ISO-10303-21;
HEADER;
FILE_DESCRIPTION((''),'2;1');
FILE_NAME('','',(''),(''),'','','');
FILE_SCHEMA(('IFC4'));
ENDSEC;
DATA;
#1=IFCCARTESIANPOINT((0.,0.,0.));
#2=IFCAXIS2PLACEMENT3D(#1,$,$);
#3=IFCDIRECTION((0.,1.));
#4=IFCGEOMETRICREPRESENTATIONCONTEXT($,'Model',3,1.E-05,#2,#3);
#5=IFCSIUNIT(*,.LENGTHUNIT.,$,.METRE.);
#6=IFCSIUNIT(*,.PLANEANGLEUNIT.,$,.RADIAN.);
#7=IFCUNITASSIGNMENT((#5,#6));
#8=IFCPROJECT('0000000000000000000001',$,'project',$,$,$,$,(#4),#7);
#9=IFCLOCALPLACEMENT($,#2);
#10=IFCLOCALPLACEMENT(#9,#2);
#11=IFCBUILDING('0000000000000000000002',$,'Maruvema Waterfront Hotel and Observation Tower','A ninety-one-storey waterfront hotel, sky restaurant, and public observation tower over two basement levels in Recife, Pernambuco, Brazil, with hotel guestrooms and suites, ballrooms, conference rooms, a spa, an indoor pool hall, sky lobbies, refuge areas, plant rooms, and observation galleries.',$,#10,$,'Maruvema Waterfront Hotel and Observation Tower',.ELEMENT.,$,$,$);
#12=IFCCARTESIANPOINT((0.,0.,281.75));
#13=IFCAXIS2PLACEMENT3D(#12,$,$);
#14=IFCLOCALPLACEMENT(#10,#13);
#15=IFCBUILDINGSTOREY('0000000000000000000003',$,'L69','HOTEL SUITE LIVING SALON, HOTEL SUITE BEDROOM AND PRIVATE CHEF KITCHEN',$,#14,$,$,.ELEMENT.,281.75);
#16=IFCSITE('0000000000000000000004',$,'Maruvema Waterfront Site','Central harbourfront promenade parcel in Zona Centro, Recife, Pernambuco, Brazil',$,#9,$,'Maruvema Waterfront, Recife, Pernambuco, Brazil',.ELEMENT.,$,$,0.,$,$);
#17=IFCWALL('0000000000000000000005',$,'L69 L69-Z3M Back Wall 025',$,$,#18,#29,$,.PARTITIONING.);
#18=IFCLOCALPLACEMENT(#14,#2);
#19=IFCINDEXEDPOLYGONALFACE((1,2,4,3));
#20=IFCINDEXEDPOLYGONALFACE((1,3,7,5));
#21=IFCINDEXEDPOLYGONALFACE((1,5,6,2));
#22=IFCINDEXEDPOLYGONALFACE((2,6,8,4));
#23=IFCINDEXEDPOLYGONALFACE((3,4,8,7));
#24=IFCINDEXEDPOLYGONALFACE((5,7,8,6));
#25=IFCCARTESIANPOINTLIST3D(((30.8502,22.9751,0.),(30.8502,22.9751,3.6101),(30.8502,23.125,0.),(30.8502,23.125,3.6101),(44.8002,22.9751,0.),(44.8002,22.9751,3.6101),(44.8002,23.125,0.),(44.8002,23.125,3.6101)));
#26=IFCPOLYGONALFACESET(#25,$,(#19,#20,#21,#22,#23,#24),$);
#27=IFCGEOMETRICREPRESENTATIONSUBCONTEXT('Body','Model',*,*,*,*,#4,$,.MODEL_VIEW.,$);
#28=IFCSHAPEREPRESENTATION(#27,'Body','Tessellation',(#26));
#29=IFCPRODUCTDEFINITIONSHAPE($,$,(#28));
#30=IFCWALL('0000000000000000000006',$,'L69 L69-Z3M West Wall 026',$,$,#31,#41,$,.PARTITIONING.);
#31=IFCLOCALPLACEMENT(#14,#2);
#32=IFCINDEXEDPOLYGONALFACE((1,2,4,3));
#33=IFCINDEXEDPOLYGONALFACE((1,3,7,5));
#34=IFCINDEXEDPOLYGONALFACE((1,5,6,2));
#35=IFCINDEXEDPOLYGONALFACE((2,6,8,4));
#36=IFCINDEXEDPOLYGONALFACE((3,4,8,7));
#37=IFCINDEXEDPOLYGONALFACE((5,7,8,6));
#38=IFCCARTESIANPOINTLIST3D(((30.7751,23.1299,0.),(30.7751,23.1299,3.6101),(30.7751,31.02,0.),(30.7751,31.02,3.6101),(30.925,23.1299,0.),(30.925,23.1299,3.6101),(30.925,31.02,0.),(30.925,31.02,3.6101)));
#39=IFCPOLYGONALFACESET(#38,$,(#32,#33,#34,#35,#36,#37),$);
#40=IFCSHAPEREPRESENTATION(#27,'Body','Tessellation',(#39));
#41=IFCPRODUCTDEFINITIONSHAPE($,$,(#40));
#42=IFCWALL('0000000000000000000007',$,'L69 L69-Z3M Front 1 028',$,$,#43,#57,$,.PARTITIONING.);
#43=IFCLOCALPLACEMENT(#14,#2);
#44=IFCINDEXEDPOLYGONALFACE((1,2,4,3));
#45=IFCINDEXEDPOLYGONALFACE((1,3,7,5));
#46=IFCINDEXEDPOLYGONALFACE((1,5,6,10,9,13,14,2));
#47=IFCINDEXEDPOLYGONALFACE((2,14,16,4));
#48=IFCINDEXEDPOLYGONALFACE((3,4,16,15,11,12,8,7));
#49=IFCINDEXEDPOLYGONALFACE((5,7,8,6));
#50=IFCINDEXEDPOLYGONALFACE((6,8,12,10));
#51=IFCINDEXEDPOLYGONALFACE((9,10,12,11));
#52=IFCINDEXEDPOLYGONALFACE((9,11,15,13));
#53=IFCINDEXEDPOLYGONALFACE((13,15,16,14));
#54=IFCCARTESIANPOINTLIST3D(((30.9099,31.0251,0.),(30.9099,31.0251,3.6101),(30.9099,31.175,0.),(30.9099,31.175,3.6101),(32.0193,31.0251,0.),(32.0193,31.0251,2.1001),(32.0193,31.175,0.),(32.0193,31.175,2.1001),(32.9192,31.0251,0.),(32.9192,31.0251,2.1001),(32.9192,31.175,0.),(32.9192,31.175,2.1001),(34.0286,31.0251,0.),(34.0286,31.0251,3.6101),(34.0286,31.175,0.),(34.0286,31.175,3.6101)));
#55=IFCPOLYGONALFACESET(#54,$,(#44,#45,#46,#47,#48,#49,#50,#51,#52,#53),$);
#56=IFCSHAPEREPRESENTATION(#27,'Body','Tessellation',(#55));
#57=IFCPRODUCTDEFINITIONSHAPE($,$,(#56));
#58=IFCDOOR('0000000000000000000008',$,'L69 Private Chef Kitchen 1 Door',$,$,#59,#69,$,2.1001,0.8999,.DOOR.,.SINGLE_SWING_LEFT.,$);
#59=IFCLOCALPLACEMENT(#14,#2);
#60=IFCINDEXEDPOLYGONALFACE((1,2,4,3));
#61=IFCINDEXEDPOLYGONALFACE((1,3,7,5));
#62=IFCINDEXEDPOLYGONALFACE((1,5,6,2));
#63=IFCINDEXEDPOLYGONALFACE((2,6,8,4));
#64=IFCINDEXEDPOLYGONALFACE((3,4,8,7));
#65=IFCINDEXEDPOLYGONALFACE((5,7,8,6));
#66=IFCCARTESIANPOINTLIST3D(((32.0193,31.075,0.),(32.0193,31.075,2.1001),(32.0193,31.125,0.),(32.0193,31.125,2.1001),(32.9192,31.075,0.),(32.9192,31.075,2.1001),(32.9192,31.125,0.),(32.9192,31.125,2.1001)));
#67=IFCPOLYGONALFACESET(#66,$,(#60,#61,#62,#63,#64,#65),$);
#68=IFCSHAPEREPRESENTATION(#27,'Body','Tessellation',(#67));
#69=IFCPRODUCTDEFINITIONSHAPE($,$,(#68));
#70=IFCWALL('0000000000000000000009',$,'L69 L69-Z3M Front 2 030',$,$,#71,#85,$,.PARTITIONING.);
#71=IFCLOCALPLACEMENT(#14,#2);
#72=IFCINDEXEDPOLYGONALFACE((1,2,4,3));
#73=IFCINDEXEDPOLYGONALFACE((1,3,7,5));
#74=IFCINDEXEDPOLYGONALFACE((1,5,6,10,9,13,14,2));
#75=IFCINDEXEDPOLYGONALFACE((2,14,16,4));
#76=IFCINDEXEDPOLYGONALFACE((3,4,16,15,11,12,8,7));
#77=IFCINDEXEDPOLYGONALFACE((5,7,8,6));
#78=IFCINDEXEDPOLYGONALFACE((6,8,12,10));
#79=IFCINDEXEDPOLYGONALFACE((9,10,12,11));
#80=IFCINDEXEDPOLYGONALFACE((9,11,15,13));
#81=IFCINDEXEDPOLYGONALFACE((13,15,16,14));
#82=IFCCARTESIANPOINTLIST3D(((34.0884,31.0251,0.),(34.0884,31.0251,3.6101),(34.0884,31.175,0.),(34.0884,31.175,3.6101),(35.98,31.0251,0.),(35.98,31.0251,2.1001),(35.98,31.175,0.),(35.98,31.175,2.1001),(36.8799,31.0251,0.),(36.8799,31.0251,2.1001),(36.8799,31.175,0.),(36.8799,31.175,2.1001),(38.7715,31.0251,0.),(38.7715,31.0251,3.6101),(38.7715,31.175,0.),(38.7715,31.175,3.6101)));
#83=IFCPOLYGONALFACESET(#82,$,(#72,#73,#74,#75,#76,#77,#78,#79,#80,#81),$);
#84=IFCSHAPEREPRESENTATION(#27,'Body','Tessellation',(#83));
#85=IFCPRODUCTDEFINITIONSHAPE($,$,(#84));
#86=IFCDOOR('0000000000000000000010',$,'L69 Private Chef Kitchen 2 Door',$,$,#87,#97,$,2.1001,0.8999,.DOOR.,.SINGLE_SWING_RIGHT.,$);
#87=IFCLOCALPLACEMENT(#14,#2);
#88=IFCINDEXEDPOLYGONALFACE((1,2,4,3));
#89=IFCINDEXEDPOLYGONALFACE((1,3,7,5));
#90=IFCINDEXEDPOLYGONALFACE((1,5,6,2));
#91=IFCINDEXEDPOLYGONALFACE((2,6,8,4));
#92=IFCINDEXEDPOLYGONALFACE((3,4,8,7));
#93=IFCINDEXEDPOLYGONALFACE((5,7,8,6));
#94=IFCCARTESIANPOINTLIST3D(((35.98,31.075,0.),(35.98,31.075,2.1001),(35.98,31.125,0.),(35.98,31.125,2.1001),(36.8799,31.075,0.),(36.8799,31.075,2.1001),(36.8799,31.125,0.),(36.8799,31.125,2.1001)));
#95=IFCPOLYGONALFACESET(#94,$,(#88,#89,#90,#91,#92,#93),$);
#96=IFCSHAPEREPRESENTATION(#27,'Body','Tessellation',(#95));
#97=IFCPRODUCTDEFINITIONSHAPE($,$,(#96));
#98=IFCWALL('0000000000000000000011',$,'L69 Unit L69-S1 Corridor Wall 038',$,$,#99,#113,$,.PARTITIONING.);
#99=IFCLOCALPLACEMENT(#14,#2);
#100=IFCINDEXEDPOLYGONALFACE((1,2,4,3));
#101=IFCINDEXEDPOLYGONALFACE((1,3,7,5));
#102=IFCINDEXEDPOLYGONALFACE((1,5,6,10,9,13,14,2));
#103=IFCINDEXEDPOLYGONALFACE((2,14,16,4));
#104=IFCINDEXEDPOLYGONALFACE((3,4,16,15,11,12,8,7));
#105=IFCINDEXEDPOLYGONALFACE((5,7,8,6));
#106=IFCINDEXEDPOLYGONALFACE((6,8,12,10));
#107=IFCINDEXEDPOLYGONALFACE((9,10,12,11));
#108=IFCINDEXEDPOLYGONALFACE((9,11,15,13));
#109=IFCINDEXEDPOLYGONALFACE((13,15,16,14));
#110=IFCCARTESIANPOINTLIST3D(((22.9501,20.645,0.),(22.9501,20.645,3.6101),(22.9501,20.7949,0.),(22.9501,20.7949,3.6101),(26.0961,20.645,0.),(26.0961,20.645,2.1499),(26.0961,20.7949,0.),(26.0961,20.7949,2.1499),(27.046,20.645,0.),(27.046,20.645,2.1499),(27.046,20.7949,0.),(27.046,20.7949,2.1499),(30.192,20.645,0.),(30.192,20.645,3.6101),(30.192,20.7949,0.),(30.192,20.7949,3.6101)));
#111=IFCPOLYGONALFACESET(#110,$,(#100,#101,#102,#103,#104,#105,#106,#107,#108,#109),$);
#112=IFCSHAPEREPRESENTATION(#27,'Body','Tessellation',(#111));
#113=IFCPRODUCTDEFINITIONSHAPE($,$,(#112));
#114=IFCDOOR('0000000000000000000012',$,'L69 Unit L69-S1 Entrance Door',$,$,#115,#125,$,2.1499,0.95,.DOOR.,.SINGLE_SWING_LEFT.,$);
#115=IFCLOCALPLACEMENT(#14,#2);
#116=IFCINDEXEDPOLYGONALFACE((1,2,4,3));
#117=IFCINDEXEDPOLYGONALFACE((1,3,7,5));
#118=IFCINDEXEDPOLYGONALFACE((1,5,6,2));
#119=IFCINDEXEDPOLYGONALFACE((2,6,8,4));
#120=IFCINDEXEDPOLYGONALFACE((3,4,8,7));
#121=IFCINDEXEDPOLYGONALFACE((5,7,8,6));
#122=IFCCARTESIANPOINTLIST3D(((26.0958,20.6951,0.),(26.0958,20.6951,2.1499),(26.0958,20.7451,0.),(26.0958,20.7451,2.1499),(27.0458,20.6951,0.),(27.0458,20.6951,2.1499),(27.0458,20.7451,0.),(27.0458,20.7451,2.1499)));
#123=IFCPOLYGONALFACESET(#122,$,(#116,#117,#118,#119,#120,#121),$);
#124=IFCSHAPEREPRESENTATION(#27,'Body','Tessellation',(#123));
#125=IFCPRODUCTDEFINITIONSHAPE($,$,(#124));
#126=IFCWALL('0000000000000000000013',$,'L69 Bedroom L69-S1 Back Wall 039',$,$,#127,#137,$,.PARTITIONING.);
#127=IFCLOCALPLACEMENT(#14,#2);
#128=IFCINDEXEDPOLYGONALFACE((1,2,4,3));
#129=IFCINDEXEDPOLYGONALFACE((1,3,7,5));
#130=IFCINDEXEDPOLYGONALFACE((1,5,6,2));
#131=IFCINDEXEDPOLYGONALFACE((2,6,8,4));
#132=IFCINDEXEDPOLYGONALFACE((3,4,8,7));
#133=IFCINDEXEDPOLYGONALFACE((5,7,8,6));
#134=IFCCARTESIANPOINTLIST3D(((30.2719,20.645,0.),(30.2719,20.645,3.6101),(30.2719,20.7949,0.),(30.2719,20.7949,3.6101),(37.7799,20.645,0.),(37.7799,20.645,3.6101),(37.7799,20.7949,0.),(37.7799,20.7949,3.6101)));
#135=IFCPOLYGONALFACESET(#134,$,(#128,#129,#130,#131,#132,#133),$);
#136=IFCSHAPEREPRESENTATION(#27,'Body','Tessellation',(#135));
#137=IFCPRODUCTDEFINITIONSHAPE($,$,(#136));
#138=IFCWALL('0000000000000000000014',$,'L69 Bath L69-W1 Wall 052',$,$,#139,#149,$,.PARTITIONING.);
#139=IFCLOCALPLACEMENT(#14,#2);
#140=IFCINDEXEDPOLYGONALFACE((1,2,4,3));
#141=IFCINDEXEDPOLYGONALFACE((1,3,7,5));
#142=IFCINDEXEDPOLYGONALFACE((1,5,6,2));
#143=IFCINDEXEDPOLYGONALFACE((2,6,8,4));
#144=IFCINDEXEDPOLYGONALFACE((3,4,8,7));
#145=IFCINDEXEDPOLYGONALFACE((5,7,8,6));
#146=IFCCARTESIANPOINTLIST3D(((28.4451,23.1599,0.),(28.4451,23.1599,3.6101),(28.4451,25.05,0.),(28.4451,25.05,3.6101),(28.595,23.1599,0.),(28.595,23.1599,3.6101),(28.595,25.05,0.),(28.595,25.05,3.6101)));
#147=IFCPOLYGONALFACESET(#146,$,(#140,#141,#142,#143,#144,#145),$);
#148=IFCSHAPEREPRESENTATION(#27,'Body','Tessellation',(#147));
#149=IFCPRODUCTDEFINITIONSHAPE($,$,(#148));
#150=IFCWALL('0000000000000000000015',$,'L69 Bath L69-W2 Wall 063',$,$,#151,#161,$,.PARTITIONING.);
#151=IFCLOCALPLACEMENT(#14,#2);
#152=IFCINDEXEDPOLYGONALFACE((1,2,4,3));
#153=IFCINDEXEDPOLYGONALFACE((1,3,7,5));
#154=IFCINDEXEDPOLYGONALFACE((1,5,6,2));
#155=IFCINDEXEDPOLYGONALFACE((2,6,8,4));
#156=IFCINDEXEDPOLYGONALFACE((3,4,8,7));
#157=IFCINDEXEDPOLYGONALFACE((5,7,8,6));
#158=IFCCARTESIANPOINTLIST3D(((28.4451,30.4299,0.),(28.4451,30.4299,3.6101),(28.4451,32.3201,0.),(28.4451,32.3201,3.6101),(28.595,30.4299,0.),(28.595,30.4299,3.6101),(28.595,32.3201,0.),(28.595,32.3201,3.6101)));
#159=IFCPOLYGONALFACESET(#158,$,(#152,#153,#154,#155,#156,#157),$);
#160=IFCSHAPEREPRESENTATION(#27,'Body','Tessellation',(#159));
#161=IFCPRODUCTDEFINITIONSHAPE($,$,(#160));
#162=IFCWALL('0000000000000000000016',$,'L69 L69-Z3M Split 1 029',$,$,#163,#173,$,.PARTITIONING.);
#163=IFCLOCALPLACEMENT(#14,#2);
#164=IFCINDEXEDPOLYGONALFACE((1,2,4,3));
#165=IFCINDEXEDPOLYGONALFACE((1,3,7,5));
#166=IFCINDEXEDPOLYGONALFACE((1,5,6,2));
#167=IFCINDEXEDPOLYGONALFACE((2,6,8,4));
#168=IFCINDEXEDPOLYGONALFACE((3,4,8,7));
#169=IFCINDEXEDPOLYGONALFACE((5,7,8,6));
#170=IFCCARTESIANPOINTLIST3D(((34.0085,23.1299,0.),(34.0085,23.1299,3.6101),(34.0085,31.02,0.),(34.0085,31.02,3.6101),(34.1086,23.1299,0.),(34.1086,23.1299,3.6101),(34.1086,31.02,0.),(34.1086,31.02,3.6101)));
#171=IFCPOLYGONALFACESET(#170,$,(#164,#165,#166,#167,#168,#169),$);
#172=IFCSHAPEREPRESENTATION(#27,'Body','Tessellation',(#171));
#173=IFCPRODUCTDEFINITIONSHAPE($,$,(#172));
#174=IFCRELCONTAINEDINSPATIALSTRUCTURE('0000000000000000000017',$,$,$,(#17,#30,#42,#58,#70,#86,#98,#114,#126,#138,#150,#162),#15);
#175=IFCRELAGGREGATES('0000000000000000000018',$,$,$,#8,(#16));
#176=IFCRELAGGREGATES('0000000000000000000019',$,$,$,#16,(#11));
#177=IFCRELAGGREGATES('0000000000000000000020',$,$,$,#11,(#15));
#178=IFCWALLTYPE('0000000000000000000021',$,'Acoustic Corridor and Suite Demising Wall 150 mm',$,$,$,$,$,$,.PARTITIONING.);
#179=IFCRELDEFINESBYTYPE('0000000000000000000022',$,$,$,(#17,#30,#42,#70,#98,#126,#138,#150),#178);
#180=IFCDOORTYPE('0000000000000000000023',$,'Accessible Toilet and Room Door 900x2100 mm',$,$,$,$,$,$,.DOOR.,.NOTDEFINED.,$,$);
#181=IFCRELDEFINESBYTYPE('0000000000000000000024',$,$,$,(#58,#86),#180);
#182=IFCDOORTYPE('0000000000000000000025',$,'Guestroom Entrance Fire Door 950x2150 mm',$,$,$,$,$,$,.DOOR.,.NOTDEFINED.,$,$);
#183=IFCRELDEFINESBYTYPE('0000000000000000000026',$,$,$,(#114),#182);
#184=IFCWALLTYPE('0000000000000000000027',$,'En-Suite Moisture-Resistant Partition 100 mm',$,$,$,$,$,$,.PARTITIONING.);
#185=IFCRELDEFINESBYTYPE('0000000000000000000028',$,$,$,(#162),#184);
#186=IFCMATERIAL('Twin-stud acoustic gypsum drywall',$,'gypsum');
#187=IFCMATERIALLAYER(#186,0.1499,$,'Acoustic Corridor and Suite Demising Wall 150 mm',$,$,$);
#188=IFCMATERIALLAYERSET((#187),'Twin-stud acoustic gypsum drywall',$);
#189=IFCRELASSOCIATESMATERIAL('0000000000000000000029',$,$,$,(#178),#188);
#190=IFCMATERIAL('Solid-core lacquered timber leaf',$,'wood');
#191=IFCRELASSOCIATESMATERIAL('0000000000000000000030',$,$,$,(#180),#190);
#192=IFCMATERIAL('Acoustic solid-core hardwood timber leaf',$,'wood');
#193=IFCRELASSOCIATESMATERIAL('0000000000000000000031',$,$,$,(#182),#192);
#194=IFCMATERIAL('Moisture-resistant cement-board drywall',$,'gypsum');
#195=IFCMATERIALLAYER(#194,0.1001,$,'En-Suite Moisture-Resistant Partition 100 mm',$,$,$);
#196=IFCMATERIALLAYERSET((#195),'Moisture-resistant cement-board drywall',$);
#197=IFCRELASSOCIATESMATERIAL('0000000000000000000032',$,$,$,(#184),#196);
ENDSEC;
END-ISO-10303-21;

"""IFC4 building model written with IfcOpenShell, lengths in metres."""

from ifc_helpers import new_model, si_unit, direction, frame, frame_2d, origin, place, context, subcontext, project, spatial, rectangle, extrude, material, layer, layer_set, type_object, element, fill, save


model = new_model("IFC4")

# Units and contexts
model_context = context("Model", 3, precision=1e-05, world=origin(), true_north=direction((0.0, 1.0)))
body_context = subcontext(model_context, "Body", "Model", "MODEL_VIEW")
ifc_project = project(units=[si_unit("LENGTHUNIT", "METRE"), si_unit("PLANEANGLEUNIT", "RADIAN")], contexts=[model_context])

# Site, building, storey
site_placement = place(None, origin())
site = spatial("IfcSite", under=ifc_project, at=site_placement, Name="Maruvema Waterfront Site", Description="Central harbourfront promenade parcel in Zona Centro, Recife, Pernambuco, Brazil", LongName="Maruvema Waterfront, Recife, Pernambuco, Brazil", CompositionType="ELEMENT", RefElevation=0.0)
building_placement = place(site_placement, origin())
building = spatial("IfcBuilding", under=site, at=building_placement, Name="Maruvema Waterfront Hotel and Observation Tower", Description="A ninety-one-storey waterfront hotel, sky restaurant, and public observation tower over two basement levels in Recife, Pernambuco, Brazil, with hotel guestrooms and suites, ballrooms, conference rooms, a spa, an indoor pool hall, sky lobbies, refuge areas, plant rooms, and observation galleries.", LongName="Maruvema Waterfront Hotel and Observation Tower", CompositionType="ELEMENT")
storey_placement = place(building_placement, frame((0.0, 0.0, 281.75)))
storey = spatial("IfcBuildingStorey", under=building, at=storey_placement, Name="L69", Description="HOTEL SUITE LIVING SALON, HOTEL SUITE BEDROOM AND PRIVATE CHEF KITCHEN", CompositionType="ELEMENT", Elevation=281.75)

# Walls
ifc_material_1 = material(Name="Twin-stud acoustic gypsum drywall", Category="gypsum")
ifc_layer_1 = layer(ifc_material_1, 0.1499, Name="Acoustic Corridor and Suite Demising Wall 150 mm")
ifc_layer_set_1 = layer_set([ifc_layer_1], Name="Twin-stud acoustic gypsum drywall")
wall_type_1 = type_object("IfcWallType", Name="Acoustic Corridor and Suite Demising Wall 150 mm", PredefinedType="PARTITIONING", material=ifc_layer_set_1)
wall_1_placement = place(storey_placement, frame((30.8501, 23.05, 0.0), z_axis=(0.0, 0.0, 1.0), x_axis=(1.0, 0.0, 0.0)))
element("IfcWall", 1, at=wall_1_placement, inside=storey, type_object=wall_type_1, Name="L69 L69-Z3M Back Wall 025", PredefinedType="PARTITIONING", context=body_context, shape_type="SweptSolid", body=[
    extrude(rectangle(XDim=13.95, YDim=0.1499, at=frame_2d((6.9751, 0.0))), origin(), (0.0, 0.0, 1.0), 3.6101),
])
wall_2_placement = place(storey_placement, frame((30.8501, 23.1299, 0.0), z_axis=(0.0, 0.0, 1.0), x_axis=(0.0, 1.0, 0.0)))
element("IfcWall", 2, at=wall_2_placement, inside=storey, type_object=wall_type_1, Name="L69 L69-Z3M West Wall 026", PredefinedType="PARTITIONING", context=body_context, shape_type="SweptSolid", body=[
    extrude(rectangle(XDim=7.8901, YDim=0.1499, at=frame_2d((3.9451, 0.0))), origin(), (0.0, 0.0, 1.0), 3.6101),
])

# Walls, openings, doors
wall_3_placement = place(storey_placement, frame((30.9099, 31.1001, 0.0), z_axis=(0.0, 0.0, 1.0), x_axis=(1.0, 0.0, 0.0)))
wall_3 = element("IfcWall", 3, at=wall_3_placement, inside=storey, type_object=wall_type_1, Name="L69 L69-Z3M Front 1 028", PredefinedType="PARTITIONING", context=body_context, shape_type="SweptSolid", body=[
    extrude(rectangle(XDim=3.1187, YDim=0.1499, at=frame_2d((1.5593, 0.0))), origin(), (0.0, 0.0, 1.0), 3.6101),
])
opening_1_placement = place(wall_3_placement, frame((1.1094, 0.0, 0.0)))
opening_1 = element("IfcOpeningElement", 4, at=opening_1_placement, cuts=wall_3, PredefinedType="OPENING", context=body_context, shape_type="SweptSolid", body=[
    extrude(rectangle(XDim=0.8999, YDim=2.1001, at=frame_2d((0.45, 1.05))), frame((0.0, 0.085, 0.0), z_axis=(0.0, -1.0, 0.0), x_axis=(1.0, 0.0, 0.0)), (0.0, 0.0, 1.0), 0.1699),
])
ifc_material_2 = material(Name="Solid-core lacquered timber leaf", Category="wood")
door_type_1 = type_object("IfcDoorType", Name="Accessible Toilet and Room Door 900x2100 mm", OperationType="NOTDEFINED", PredefinedType="DOOR", material=ifc_material_2)
door_1_placement = place(opening_1_placement, origin())
door_1 = element("IfcDoor", 5, at=door_1_placement, inside=storey, type_object=door_type_1, Name="L69 Private Chef Kitchen 1 Door", OperationType="SINGLE_SWING_LEFT", OverallHeight=2.1001, OverallWidth=0.8999, PredefinedType="DOOR", context=body_context, shape_type="SweptSolid", body=[
    extrude(rectangle(XDim=0.8999, YDim=2.1001, at=frame_2d((0.45, 1.05))), frame((0.0, 0.0249, 0.0), z_axis=(0.0, -1.0, 0.0), x_axis=(1.0, 0.0, 0.0)), (0.0, 0.0, 1.0), 0.05),
])
fill(opening_1, door_1)
wall_4_placement = place(storey_placement, frame((34.0884, 31.1001, 0.0), z_axis=(0.0, 0.0, 1.0), x_axis=(1.0, 0.0, 0.0)))
wall_4 = element("IfcWall", 6, at=wall_4_placement, inside=storey, type_object=wall_type_1, Name="L69 L69-Z3M Front 2 030", PredefinedType="PARTITIONING", context=body_context, shape_type="SweptSolid", body=[
    extrude(rectangle(XDim=4.6831, YDim=0.1499, at=frame_2d((2.3416, 0.0))), origin(), (0.0, 0.0, 1.0), 3.6101),
])
opening_2_placement = place(wall_4_placement, frame((1.8916, 0.0, 0.0)))
opening_2 = element("IfcOpeningElement", 7, at=opening_2_placement, cuts=wall_4, PredefinedType="OPENING", context=body_context, shape_type="SweptSolid", body=[
    extrude(rectangle(XDim=0.8999, YDim=2.1001, at=frame_2d((0.45, 1.05))), frame((0.0, 0.085, 0.0), z_axis=(0.0, -1.0, 0.0), x_axis=(1.0, 0.0, 0.0)), (0.0, 0.0, 1.0), 0.1699),
])
door_2_placement = place(opening_2_placement, origin())
door_2 = element("IfcDoor", 8, at=door_2_placement, inside=storey, type_object=door_type_1, Name="L69 Private Chef Kitchen 2 Door", OperationType="SINGLE_SWING_RIGHT", OverallHeight=2.1001, OverallWidth=0.8999, PredefinedType="DOOR", context=body_context, shape_type="SweptSolid", body=[
    extrude(rectangle(XDim=0.8999, YDim=2.1001, at=frame_2d((0.45, 1.05))), frame((0.0, 0.0249, 0.0), z_axis=(0.0, -1.0, 0.0), x_axis=(1.0, 0.0, 0.0)), (0.0, 0.0, 1.0), 0.05),
])
fill(opening_2, door_2)
wall_5_placement = place(storey_placement, frame((22.95, 20.72, 0.0), z_axis=(0.0, 0.0, 1.0), x_axis=(1.0, 0.0, 0.0)))
wall_5 = element("IfcWall", 9, at=wall_5_placement, inside=storey, type_object=wall_type_1, Name="L69 Unit L69-S1 Corridor Wall 038", PredefinedType="PARTITIONING", context=body_context, shape_type="SweptSolid", body=[
    extrude(rectangle(XDim=7.2419, YDim=0.1499, at=frame_2d((3.6211, 0.0))), origin(), (0.0, 0.0, 1.0), 3.6101),
])
opening_3_placement = place(wall_5_placement, frame((3.146, 0.0, 0.0)))
opening_3 = element("IfcOpeningElement", 10, at=opening_3_placement, cuts=wall_5, PredefinedType="OPENING", context=body_context, shape_type="SweptSolid", body=[
    extrude(rectangle(XDim=0.95, YDim=2.1499, at=frame_2d((0.4751, 1.075))), frame((0.0, 0.085, 0.0), z_axis=(0.0, -1.0, 0.0), x_axis=(1.0, 0.0, 0.0)), (0.0, 0.0, 1.0), 0.1699),
])
ifc_material_3 = material(Name="Acoustic solid-core hardwood timber leaf", Category="wood")
door_type_2 = type_object("IfcDoorType", Name="Guestroom Entrance Fire Door 950x2150 mm", OperationType="NOTDEFINED", PredefinedType="DOOR", material=ifc_material_3)
door_3_placement = place(opening_3_placement, frame((0.95, 0.0, 0.0), z_axis=(0.0, 0.0, 1.0), x_axis=(-1.0, 0.0, 0.0)))
door_3 = element("IfcDoor", 11, at=door_3_placement, inside=storey, type_object=door_type_2, Name="L69 Unit L69-S1 Entrance Door", OperationType="SINGLE_SWING_LEFT", OverallHeight=2.1499, OverallWidth=0.95, PredefinedType="DOOR", context=body_context, shape_type="SweptSolid", body=[
    extrude(rectangle(XDim=0.95, YDim=2.1499, at=frame_2d((0.4751, 1.075))), frame((0.0, 0.0249, 0.0), z_axis=(0.0, -1.0, 0.0), x_axis=(1.0, 0.0, 0.0)), (0.0, 0.0, 1.0), 0.05),
])
fill(opening_3, door_3)

# Walls
wall_6_placement = place(storey_placement, frame((30.272, 20.72, 0.0), z_axis=(0.0, 0.0, 1.0), x_axis=(1.0, 0.0, 0.0)))
element("IfcWall", 12, at=wall_6_placement, inside=storey, type_object=wall_type_1, Name="L69 Bedroom L69-S1 Back Wall 039", PredefinedType="PARTITIONING", context=body_context, shape_type="SweptSolid", body=[
    extrude(rectangle(XDim=7.5081, YDim=0.1499, at=frame_2d((3.7539, 0.0))), origin(), (0.0, 0.0, 1.0), 3.6101),
])
wall_7_placement = place(storey_placement, frame((28.52, 23.1599, 0.0), z_axis=(0.0, 0.0, 1.0), x_axis=(0.0, 1.0, 0.0)))
element("IfcWall", 13, at=wall_7_placement, inside=storey, type_object=wall_type_1, Name="L69 Bath L69-W1 Wall 052", PredefinedType="PARTITIONING", context=body_context, shape_type="SweptSolid", body=[
    extrude(rectangle(XDim=1.8901, YDim=0.1499, at=frame_2d((0.9451, 0.0))), origin(), (0.0, 0.0, 1.0), 3.6101),
])

# Walls
wall_8_placement = place(storey_placement, frame((28.52, 30.4299, 0.0), z_axis=(0.0, 0.0, 1.0), x_axis=(0.0, 1.0, 0.0)))
element("IfcWall", 14, at=wall_8_placement, inside=storey, type_object=wall_type_1, Name="L69 Bath L69-W2 Wall 063", PredefinedType="PARTITIONING", context=body_context, shape_type="SweptSolid", body=[
    extrude(rectangle(XDim=1.8901, YDim=0.1499, at=frame_2d((0.9451, 0.0))), origin(), (0.0, 0.0, 1.0), 3.6101),
])
ifc_material_4 = material(Name="Moisture-resistant cement-board drywall", Category="gypsum")
ifc_layer_2 = layer(ifc_material_4, 0.1001, Name="En-Suite Moisture-Resistant Partition 100 mm")
ifc_layer_set_2 = layer_set([ifc_layer_2], Name="Moisture-resistant cement-board drywall")
wall_type_2 = type_object("IfcWallType", Name="En-Suite Moisture-Resistant Partition 100 mm", PredefinedType="PARTITIONING", material=ifc_layer_set_2)
wall_9_placement = place(storey_placement, frame((34.0586, 23.1299, 0.0), z_axis=(0.0, 0.0, 1.0), x_axis=(0.0, 1.0, 0.0)))
element("IfcWall", 15, at=wall_9_placement, inside=storey, type_object=wall_type_2, Name="L69 L69-Z3M Split 1 029", PredefinedType="PARTITIONING", context=body_context, shape_type="SweptSolid", body=[
    extrude(rectangle(XDim=7.8901, YDim=0.1001, at=frame_2d((3.9451, 0.0))), origin(), (0.0, 0.0, 1.0), 3.6101),
])

save(model, "model.ifc")
